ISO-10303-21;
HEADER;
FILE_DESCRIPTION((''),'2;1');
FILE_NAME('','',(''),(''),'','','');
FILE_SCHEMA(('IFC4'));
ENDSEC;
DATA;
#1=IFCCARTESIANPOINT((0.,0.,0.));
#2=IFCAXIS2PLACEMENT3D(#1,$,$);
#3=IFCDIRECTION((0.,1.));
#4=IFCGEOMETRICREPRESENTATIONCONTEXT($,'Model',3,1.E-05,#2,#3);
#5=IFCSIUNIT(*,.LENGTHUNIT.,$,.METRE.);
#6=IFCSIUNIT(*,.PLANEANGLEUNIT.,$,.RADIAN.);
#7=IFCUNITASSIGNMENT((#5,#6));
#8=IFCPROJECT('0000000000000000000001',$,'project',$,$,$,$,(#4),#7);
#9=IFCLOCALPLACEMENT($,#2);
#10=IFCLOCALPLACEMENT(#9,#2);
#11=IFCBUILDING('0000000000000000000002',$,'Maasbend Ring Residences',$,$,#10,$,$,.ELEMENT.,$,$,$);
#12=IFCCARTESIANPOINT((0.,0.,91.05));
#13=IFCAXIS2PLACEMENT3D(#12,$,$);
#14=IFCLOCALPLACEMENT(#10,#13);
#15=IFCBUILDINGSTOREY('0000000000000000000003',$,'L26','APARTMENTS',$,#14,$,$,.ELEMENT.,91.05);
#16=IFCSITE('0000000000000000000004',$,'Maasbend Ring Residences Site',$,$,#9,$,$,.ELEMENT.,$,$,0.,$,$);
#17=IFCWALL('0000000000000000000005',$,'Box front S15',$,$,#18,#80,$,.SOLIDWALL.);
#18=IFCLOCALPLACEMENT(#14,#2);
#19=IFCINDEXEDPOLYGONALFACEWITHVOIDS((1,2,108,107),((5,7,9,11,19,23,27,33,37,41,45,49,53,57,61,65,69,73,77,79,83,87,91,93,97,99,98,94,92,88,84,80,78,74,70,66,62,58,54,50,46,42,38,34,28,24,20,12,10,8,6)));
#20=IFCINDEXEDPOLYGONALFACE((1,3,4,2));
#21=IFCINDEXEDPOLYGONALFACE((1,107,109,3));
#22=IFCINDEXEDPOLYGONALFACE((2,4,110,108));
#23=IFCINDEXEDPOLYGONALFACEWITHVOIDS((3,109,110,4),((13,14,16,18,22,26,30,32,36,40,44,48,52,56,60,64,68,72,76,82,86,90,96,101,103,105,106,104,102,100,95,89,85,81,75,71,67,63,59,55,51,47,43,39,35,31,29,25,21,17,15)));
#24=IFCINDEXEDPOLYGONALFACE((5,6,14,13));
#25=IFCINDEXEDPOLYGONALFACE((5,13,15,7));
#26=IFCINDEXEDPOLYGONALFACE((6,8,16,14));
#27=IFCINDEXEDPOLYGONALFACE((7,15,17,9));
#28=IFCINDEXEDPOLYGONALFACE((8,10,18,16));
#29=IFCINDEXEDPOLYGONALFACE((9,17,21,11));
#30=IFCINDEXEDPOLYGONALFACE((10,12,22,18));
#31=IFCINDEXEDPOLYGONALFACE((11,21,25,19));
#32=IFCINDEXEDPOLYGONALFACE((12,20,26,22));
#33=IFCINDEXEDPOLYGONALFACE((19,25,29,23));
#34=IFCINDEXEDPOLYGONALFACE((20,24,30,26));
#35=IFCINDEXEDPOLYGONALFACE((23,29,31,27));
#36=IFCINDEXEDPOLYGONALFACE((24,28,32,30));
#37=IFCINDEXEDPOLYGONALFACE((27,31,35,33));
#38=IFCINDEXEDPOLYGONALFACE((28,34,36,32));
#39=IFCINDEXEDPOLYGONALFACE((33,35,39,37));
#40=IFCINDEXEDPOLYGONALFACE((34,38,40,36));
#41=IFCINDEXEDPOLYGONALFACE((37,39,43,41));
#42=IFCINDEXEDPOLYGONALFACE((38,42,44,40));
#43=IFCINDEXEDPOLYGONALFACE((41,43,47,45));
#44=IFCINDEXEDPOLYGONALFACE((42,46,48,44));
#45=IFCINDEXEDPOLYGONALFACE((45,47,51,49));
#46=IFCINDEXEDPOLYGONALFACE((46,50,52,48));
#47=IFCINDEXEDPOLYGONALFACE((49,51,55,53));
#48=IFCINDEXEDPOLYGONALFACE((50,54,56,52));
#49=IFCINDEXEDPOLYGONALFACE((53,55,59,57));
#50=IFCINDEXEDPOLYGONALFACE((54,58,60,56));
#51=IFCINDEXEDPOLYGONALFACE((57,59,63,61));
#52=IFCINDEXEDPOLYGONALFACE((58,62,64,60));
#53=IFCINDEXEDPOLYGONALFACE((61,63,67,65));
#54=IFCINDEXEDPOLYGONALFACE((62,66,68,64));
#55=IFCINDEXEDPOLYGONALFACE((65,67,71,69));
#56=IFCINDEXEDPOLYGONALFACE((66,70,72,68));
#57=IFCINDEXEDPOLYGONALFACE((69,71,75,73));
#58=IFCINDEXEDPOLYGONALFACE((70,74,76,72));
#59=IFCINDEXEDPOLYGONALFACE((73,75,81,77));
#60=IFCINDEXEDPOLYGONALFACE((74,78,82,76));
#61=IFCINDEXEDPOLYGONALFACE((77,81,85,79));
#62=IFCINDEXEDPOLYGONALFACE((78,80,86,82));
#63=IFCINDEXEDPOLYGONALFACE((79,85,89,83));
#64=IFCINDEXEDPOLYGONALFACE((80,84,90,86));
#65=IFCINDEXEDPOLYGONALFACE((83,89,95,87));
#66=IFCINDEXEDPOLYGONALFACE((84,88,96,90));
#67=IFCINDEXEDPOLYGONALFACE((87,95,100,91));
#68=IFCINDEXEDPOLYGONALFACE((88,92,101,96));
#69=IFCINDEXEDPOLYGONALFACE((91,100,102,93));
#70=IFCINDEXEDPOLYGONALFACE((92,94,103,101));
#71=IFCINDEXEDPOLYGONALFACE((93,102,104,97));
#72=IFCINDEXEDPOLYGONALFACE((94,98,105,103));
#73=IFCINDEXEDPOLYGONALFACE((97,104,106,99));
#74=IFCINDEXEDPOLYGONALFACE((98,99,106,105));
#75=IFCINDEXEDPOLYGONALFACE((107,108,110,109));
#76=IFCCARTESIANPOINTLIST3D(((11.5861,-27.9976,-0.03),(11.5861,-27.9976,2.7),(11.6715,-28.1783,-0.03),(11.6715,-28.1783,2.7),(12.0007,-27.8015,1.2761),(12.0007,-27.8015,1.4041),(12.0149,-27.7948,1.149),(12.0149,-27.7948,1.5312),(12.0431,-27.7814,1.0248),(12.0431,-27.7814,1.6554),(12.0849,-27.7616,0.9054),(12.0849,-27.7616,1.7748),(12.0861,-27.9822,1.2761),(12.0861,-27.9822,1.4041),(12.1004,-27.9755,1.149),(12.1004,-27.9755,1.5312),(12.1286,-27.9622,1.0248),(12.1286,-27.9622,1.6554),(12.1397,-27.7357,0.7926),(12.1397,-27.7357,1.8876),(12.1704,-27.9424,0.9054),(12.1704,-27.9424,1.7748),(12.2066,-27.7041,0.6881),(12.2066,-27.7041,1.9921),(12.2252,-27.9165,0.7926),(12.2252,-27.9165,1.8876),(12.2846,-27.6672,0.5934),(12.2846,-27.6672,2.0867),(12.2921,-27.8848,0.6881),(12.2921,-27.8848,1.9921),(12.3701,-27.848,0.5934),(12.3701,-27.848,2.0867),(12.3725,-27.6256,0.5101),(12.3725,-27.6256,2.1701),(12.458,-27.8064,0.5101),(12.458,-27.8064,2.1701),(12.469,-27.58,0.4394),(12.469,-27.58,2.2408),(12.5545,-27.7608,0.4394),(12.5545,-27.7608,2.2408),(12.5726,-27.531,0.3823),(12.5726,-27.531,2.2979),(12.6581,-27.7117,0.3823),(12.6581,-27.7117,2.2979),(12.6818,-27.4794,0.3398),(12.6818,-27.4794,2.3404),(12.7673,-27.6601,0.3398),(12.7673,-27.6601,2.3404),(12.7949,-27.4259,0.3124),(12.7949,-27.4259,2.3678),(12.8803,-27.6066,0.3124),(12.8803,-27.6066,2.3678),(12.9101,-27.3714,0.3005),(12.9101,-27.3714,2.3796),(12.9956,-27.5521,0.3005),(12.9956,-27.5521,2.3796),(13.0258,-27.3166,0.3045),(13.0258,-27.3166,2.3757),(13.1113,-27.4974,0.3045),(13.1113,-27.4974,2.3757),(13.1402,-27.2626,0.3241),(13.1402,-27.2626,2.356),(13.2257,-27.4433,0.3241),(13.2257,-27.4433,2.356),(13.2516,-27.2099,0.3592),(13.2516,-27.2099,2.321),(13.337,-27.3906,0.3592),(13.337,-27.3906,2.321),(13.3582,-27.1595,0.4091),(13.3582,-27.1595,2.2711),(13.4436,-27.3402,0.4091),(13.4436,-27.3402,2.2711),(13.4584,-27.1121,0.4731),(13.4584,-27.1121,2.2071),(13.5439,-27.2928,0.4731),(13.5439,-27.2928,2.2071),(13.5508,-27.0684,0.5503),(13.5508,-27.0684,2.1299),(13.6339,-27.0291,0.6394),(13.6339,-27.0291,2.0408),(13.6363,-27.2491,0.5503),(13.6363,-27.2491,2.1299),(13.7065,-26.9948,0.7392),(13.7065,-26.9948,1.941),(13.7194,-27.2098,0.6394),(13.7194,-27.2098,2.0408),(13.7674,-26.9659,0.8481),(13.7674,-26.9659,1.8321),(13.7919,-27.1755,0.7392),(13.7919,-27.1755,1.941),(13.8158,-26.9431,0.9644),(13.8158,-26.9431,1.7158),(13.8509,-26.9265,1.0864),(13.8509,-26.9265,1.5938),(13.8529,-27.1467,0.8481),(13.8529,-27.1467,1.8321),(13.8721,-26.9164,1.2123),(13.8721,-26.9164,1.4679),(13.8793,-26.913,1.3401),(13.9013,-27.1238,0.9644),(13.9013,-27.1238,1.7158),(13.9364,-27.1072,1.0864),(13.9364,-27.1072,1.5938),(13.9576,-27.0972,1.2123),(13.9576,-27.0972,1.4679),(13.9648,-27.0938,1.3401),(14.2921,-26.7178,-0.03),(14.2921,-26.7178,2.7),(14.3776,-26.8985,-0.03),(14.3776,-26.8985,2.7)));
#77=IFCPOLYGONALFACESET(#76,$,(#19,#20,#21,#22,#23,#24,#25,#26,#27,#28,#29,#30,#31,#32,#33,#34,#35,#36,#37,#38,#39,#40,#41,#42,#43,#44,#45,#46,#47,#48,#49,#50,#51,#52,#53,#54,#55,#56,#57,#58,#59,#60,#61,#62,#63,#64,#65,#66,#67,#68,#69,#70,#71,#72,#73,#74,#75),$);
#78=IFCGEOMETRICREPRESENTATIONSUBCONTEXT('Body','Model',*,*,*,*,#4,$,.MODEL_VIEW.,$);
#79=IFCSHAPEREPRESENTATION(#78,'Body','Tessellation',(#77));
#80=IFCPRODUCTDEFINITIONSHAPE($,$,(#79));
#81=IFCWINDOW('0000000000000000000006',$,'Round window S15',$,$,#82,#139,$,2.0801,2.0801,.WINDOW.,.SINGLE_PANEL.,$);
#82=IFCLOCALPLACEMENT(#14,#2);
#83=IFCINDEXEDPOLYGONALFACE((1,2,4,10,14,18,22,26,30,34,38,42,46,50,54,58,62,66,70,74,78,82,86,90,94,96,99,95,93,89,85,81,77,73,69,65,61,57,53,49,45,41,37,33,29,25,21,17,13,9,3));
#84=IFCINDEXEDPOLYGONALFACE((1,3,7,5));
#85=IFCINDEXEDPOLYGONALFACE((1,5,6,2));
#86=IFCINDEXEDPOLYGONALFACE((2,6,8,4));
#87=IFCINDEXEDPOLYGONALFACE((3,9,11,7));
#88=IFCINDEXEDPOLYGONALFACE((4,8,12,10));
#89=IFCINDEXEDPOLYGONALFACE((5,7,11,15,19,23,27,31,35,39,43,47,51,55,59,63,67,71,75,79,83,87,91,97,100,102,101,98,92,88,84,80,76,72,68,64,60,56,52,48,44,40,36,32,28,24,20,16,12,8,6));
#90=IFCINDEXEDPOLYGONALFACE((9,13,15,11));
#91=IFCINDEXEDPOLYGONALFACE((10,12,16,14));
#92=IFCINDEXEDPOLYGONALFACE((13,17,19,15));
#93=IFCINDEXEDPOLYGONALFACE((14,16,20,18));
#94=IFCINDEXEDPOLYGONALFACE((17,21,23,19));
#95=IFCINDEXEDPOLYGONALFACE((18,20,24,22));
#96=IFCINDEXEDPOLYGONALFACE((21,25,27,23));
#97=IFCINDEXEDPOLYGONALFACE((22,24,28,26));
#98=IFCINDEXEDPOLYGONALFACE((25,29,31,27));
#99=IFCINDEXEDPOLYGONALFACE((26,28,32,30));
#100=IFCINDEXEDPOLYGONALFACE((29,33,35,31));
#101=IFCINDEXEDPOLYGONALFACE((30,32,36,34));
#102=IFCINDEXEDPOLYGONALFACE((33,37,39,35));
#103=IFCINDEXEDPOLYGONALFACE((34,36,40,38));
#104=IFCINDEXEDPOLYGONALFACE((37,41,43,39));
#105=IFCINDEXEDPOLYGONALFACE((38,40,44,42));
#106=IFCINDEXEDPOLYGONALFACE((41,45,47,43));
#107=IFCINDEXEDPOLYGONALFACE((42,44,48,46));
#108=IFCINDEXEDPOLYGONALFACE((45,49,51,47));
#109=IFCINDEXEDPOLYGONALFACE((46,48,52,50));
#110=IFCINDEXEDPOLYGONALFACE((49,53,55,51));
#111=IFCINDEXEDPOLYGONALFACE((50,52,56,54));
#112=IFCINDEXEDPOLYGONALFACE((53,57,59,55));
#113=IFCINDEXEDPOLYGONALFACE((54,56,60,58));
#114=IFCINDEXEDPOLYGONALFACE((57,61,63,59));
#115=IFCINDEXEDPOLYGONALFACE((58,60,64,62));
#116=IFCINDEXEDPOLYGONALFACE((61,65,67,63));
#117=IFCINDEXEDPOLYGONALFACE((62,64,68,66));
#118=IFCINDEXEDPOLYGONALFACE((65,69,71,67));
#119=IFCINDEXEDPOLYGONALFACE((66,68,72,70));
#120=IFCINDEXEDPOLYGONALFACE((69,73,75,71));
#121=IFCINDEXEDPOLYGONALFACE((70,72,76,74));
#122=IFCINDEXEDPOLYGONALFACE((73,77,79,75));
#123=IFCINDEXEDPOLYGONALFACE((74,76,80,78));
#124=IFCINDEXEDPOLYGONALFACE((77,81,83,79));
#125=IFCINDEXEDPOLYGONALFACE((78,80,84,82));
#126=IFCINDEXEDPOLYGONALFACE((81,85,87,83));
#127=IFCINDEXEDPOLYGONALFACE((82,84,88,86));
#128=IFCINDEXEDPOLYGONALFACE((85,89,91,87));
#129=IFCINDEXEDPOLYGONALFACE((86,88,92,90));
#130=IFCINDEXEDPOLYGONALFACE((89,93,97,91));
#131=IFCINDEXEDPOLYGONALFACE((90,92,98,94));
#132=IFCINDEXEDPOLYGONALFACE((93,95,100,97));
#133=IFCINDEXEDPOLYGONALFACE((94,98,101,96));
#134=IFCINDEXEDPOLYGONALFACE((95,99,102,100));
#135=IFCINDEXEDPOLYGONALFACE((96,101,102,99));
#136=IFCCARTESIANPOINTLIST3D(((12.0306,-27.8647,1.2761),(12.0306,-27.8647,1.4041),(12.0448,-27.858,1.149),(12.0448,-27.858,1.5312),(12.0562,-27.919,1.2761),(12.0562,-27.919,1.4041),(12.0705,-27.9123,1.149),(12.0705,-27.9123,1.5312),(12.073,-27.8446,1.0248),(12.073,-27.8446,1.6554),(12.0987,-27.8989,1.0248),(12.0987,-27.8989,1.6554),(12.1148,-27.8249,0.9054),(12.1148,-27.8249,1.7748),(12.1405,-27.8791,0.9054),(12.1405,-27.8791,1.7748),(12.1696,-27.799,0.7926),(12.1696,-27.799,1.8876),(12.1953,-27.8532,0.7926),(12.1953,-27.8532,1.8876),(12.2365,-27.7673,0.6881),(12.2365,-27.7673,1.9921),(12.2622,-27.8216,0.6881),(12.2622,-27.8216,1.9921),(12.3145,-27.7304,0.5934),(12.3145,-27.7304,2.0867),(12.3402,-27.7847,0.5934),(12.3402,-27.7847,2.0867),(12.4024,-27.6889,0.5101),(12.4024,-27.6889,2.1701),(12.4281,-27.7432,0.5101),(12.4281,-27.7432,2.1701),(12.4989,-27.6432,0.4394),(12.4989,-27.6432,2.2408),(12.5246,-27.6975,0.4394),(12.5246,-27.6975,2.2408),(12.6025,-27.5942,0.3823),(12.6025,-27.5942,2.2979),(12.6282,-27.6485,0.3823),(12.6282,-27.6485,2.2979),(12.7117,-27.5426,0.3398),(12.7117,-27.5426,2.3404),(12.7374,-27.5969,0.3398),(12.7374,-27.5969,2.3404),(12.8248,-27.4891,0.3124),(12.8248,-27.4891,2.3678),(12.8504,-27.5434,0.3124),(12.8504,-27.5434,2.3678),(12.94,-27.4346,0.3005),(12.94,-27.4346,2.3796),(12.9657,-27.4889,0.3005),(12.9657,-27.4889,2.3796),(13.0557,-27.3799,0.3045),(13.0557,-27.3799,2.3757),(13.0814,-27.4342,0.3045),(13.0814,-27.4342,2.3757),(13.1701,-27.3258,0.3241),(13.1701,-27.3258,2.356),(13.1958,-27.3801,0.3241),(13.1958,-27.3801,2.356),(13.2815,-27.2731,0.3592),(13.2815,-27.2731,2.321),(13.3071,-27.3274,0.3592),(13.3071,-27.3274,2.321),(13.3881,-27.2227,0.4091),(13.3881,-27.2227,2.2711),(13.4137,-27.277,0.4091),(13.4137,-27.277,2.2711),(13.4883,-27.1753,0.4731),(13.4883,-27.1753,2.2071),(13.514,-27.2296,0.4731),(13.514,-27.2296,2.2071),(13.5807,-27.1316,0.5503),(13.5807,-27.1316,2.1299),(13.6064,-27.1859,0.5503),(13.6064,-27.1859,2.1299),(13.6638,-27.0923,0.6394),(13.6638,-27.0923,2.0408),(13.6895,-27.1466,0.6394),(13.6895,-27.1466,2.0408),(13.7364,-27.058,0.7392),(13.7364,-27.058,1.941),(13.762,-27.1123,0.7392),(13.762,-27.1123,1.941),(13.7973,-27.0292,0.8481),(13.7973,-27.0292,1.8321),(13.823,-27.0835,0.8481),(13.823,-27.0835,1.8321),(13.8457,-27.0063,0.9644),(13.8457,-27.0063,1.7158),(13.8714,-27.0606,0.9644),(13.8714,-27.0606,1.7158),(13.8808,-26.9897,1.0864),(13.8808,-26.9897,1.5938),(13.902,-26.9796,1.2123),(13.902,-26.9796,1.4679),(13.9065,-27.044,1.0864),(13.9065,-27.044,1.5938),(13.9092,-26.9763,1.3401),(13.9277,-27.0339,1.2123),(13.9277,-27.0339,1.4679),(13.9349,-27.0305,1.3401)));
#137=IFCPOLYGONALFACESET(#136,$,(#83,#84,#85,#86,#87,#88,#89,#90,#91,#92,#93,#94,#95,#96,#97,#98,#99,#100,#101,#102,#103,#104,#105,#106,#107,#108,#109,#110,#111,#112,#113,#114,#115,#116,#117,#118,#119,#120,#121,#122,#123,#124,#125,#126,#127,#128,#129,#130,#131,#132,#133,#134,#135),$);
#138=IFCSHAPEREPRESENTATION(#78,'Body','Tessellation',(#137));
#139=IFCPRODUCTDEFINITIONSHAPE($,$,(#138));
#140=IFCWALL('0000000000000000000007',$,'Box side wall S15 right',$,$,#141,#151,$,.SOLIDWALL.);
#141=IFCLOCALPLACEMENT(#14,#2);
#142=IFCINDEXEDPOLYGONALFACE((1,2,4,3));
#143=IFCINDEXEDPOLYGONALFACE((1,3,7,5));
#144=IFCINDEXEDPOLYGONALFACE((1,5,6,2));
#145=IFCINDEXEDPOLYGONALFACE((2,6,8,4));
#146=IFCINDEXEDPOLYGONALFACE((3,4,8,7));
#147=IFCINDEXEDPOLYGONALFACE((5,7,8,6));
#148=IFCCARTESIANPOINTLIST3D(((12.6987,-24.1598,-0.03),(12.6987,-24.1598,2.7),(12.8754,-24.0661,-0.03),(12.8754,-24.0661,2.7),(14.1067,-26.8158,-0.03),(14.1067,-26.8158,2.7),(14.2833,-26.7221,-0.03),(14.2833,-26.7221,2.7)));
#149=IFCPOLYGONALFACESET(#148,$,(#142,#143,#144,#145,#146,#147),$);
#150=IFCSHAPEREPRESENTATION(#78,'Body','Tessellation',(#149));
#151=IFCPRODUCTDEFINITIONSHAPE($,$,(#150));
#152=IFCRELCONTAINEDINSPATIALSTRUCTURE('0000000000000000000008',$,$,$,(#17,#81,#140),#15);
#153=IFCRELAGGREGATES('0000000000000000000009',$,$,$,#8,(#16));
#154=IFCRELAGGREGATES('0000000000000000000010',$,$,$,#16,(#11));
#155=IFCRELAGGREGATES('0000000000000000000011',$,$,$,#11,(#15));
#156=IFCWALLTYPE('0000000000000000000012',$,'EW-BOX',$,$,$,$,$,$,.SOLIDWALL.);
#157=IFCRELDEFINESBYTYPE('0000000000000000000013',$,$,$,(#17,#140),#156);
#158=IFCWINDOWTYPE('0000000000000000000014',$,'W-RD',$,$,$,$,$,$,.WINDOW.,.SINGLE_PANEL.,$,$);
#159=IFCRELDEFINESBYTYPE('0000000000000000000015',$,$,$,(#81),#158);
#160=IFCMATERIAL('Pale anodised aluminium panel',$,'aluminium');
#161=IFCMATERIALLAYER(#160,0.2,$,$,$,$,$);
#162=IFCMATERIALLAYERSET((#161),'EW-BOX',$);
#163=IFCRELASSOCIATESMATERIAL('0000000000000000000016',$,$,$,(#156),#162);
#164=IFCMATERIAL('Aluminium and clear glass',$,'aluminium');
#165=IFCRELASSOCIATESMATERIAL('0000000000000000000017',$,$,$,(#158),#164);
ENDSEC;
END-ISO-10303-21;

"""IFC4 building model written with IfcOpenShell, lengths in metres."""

from ifc_helpers import new_model, si_unit, direction, frame, frame_2d, origin, place, context, subcontext, project, spatial, rectangle, circle, extrude, material, layer, layer_set, type_object, element, fill, save


model = new_model("IFC4")

# Units and contexts
model_context = context("Model", 3, precision=1e-05, world=origin(), true_north=direction((0.0, 1.0)))
body_context = subcontext(model_context, "Body", "Model", "MODEL_VIEW")
ifc_project = project(units=[si_unit("LENGTHUNIT", "METRE"), si_unit("PLANEANGLEUNIT", "RADIAN")], contexts=[model_context])

# Site, building, storey
site_placement = place(None, origin())
site = spatial("IfcSite", under=ifc_project, at=site_placement, Name="Maasbend Ring Residences Site", CompositionType="ELEMENT", RefElevation=0.0)
building_placement = place(site_placement, origin())
building = spatial("IfcBuilding", under=site, at=building_placement, Name="Maasbend Ring Residences", CompositionType="ELEMENT")
storey_placement = place(building_placement, frame((0.0, 0.0, 91.05)))
storey = spatial("IfcBuildingStorey", under=building, at=storey_placement, Name="L26", Description="APARTMENTS", CompositionType="ELEMENT", Elevation=91.05)

# Wall, opening, window
ifc_material_1 = material(Name="Pale anodised aluminium panel", Category="aluminium")
ifc_layer_1 = layer(ifc_material_1, 0.2)
ifc_layer_set_1 = layer_set([ifc_layer_1], Name="EW-BOX")
wall_type_1 = type_object("IfcWallType", Name="EW-BOX", PredefinedType="SOLIDWALL", material=ifc_layer_set_1)
wall_1_placement = place(storey_placement, frame((11.6289, -28.0879, -0.03), z_axis=(0.0, 0.0, 1.0), x_axis=(0.904, 0.427532, 0.0)))
wall_1 = element("IfcWall", 1, at=wall_1_placement, inside=storey, type_object=wall_type_1, Name="Box front S15", PredefinedType="SOLIDWALL", context=body_context, shape_type="SweptSolid", body=[
    extrude(rectangle(XDim=2.9934, YDim=0.2, at=frame_2d((1.4966, 0.0))), origin(), (0.0, 0.0, 1.0), 2.73),
])
opening_1_placement = place(wall_1_placement, frame((0.4565, 0.0, 0.3301)))
opening_1 = element("IfcOpeningElement", 2, at=opening_1_placement, cuts=wall_1, PredefinedType="OPENING", context=body_context, shape_type="SweptSolid", body=[
    extrude(circle(Radius=1.04, at=frame_2d((1.04, 1.04))), frame((0.0, 0.1099, 0.0), z_axis=(0.0, -1.0, 0.0), x_axis=(1.0, 0.0, 0.0)), (0.0, 0.0, 1.0), 0.22),
])
ifc_material_2 = material(Name="Aluminium and clear glass", Category="aluminium")
window_type_1 = type_object("IfcWindowType", Name="W-RD", PartitioningType="SINGLE_PANEL", PredefinedType="WINDOW", material=ifc_material_2)
window_1_placement = place(opening_1_placement, origin())
window_1 = element("IfcWindow", 3, at=window_1_placement, inside=storey, type_object=window_type_1, Name="Round window S15", OverallHeight=2.0801, OverallWidth=2.0801, PartitioningType="SINGLE_PANEL", PredefinedType="WINDOW", context=body_context, shape_type="SweptSolid", body=[
    extrude(circle(Radius=1.04, at=frame_2d((1.04, 1.04))), frame((0.0, 0.03, 0.0), z_axis=(0.0, -1.0, 0.0), x_axis=(1.0, 0.0, 0.0)), (0.0, 0.0, 1.0), 0.0601),
])
fill(opening_1, window_1)

# Wall
wall_2_placement = place(storey_placement, frame((12.7871, -24.113, -0.03), z_axis=(0.0, 0.0, 1.0), x_axis=(0.468365, -0.883535, 0.0)))
element("IfcWall", 4, at=wall_2_placement, inside=storey, type_object=wall_type_1, Name="Box side wall S15 right", PredefinedType="SOLIDWALL", context=body_context, shape_type="SweptSolid", body=[
    extrude(rectangle(XDim=3.0061, YDim=0.2, at=frame_2d((1.5029, 0.0))), origin(), (0.0, 0.0, 1.0), 2.73),
])

save(model, "model.ifc")
